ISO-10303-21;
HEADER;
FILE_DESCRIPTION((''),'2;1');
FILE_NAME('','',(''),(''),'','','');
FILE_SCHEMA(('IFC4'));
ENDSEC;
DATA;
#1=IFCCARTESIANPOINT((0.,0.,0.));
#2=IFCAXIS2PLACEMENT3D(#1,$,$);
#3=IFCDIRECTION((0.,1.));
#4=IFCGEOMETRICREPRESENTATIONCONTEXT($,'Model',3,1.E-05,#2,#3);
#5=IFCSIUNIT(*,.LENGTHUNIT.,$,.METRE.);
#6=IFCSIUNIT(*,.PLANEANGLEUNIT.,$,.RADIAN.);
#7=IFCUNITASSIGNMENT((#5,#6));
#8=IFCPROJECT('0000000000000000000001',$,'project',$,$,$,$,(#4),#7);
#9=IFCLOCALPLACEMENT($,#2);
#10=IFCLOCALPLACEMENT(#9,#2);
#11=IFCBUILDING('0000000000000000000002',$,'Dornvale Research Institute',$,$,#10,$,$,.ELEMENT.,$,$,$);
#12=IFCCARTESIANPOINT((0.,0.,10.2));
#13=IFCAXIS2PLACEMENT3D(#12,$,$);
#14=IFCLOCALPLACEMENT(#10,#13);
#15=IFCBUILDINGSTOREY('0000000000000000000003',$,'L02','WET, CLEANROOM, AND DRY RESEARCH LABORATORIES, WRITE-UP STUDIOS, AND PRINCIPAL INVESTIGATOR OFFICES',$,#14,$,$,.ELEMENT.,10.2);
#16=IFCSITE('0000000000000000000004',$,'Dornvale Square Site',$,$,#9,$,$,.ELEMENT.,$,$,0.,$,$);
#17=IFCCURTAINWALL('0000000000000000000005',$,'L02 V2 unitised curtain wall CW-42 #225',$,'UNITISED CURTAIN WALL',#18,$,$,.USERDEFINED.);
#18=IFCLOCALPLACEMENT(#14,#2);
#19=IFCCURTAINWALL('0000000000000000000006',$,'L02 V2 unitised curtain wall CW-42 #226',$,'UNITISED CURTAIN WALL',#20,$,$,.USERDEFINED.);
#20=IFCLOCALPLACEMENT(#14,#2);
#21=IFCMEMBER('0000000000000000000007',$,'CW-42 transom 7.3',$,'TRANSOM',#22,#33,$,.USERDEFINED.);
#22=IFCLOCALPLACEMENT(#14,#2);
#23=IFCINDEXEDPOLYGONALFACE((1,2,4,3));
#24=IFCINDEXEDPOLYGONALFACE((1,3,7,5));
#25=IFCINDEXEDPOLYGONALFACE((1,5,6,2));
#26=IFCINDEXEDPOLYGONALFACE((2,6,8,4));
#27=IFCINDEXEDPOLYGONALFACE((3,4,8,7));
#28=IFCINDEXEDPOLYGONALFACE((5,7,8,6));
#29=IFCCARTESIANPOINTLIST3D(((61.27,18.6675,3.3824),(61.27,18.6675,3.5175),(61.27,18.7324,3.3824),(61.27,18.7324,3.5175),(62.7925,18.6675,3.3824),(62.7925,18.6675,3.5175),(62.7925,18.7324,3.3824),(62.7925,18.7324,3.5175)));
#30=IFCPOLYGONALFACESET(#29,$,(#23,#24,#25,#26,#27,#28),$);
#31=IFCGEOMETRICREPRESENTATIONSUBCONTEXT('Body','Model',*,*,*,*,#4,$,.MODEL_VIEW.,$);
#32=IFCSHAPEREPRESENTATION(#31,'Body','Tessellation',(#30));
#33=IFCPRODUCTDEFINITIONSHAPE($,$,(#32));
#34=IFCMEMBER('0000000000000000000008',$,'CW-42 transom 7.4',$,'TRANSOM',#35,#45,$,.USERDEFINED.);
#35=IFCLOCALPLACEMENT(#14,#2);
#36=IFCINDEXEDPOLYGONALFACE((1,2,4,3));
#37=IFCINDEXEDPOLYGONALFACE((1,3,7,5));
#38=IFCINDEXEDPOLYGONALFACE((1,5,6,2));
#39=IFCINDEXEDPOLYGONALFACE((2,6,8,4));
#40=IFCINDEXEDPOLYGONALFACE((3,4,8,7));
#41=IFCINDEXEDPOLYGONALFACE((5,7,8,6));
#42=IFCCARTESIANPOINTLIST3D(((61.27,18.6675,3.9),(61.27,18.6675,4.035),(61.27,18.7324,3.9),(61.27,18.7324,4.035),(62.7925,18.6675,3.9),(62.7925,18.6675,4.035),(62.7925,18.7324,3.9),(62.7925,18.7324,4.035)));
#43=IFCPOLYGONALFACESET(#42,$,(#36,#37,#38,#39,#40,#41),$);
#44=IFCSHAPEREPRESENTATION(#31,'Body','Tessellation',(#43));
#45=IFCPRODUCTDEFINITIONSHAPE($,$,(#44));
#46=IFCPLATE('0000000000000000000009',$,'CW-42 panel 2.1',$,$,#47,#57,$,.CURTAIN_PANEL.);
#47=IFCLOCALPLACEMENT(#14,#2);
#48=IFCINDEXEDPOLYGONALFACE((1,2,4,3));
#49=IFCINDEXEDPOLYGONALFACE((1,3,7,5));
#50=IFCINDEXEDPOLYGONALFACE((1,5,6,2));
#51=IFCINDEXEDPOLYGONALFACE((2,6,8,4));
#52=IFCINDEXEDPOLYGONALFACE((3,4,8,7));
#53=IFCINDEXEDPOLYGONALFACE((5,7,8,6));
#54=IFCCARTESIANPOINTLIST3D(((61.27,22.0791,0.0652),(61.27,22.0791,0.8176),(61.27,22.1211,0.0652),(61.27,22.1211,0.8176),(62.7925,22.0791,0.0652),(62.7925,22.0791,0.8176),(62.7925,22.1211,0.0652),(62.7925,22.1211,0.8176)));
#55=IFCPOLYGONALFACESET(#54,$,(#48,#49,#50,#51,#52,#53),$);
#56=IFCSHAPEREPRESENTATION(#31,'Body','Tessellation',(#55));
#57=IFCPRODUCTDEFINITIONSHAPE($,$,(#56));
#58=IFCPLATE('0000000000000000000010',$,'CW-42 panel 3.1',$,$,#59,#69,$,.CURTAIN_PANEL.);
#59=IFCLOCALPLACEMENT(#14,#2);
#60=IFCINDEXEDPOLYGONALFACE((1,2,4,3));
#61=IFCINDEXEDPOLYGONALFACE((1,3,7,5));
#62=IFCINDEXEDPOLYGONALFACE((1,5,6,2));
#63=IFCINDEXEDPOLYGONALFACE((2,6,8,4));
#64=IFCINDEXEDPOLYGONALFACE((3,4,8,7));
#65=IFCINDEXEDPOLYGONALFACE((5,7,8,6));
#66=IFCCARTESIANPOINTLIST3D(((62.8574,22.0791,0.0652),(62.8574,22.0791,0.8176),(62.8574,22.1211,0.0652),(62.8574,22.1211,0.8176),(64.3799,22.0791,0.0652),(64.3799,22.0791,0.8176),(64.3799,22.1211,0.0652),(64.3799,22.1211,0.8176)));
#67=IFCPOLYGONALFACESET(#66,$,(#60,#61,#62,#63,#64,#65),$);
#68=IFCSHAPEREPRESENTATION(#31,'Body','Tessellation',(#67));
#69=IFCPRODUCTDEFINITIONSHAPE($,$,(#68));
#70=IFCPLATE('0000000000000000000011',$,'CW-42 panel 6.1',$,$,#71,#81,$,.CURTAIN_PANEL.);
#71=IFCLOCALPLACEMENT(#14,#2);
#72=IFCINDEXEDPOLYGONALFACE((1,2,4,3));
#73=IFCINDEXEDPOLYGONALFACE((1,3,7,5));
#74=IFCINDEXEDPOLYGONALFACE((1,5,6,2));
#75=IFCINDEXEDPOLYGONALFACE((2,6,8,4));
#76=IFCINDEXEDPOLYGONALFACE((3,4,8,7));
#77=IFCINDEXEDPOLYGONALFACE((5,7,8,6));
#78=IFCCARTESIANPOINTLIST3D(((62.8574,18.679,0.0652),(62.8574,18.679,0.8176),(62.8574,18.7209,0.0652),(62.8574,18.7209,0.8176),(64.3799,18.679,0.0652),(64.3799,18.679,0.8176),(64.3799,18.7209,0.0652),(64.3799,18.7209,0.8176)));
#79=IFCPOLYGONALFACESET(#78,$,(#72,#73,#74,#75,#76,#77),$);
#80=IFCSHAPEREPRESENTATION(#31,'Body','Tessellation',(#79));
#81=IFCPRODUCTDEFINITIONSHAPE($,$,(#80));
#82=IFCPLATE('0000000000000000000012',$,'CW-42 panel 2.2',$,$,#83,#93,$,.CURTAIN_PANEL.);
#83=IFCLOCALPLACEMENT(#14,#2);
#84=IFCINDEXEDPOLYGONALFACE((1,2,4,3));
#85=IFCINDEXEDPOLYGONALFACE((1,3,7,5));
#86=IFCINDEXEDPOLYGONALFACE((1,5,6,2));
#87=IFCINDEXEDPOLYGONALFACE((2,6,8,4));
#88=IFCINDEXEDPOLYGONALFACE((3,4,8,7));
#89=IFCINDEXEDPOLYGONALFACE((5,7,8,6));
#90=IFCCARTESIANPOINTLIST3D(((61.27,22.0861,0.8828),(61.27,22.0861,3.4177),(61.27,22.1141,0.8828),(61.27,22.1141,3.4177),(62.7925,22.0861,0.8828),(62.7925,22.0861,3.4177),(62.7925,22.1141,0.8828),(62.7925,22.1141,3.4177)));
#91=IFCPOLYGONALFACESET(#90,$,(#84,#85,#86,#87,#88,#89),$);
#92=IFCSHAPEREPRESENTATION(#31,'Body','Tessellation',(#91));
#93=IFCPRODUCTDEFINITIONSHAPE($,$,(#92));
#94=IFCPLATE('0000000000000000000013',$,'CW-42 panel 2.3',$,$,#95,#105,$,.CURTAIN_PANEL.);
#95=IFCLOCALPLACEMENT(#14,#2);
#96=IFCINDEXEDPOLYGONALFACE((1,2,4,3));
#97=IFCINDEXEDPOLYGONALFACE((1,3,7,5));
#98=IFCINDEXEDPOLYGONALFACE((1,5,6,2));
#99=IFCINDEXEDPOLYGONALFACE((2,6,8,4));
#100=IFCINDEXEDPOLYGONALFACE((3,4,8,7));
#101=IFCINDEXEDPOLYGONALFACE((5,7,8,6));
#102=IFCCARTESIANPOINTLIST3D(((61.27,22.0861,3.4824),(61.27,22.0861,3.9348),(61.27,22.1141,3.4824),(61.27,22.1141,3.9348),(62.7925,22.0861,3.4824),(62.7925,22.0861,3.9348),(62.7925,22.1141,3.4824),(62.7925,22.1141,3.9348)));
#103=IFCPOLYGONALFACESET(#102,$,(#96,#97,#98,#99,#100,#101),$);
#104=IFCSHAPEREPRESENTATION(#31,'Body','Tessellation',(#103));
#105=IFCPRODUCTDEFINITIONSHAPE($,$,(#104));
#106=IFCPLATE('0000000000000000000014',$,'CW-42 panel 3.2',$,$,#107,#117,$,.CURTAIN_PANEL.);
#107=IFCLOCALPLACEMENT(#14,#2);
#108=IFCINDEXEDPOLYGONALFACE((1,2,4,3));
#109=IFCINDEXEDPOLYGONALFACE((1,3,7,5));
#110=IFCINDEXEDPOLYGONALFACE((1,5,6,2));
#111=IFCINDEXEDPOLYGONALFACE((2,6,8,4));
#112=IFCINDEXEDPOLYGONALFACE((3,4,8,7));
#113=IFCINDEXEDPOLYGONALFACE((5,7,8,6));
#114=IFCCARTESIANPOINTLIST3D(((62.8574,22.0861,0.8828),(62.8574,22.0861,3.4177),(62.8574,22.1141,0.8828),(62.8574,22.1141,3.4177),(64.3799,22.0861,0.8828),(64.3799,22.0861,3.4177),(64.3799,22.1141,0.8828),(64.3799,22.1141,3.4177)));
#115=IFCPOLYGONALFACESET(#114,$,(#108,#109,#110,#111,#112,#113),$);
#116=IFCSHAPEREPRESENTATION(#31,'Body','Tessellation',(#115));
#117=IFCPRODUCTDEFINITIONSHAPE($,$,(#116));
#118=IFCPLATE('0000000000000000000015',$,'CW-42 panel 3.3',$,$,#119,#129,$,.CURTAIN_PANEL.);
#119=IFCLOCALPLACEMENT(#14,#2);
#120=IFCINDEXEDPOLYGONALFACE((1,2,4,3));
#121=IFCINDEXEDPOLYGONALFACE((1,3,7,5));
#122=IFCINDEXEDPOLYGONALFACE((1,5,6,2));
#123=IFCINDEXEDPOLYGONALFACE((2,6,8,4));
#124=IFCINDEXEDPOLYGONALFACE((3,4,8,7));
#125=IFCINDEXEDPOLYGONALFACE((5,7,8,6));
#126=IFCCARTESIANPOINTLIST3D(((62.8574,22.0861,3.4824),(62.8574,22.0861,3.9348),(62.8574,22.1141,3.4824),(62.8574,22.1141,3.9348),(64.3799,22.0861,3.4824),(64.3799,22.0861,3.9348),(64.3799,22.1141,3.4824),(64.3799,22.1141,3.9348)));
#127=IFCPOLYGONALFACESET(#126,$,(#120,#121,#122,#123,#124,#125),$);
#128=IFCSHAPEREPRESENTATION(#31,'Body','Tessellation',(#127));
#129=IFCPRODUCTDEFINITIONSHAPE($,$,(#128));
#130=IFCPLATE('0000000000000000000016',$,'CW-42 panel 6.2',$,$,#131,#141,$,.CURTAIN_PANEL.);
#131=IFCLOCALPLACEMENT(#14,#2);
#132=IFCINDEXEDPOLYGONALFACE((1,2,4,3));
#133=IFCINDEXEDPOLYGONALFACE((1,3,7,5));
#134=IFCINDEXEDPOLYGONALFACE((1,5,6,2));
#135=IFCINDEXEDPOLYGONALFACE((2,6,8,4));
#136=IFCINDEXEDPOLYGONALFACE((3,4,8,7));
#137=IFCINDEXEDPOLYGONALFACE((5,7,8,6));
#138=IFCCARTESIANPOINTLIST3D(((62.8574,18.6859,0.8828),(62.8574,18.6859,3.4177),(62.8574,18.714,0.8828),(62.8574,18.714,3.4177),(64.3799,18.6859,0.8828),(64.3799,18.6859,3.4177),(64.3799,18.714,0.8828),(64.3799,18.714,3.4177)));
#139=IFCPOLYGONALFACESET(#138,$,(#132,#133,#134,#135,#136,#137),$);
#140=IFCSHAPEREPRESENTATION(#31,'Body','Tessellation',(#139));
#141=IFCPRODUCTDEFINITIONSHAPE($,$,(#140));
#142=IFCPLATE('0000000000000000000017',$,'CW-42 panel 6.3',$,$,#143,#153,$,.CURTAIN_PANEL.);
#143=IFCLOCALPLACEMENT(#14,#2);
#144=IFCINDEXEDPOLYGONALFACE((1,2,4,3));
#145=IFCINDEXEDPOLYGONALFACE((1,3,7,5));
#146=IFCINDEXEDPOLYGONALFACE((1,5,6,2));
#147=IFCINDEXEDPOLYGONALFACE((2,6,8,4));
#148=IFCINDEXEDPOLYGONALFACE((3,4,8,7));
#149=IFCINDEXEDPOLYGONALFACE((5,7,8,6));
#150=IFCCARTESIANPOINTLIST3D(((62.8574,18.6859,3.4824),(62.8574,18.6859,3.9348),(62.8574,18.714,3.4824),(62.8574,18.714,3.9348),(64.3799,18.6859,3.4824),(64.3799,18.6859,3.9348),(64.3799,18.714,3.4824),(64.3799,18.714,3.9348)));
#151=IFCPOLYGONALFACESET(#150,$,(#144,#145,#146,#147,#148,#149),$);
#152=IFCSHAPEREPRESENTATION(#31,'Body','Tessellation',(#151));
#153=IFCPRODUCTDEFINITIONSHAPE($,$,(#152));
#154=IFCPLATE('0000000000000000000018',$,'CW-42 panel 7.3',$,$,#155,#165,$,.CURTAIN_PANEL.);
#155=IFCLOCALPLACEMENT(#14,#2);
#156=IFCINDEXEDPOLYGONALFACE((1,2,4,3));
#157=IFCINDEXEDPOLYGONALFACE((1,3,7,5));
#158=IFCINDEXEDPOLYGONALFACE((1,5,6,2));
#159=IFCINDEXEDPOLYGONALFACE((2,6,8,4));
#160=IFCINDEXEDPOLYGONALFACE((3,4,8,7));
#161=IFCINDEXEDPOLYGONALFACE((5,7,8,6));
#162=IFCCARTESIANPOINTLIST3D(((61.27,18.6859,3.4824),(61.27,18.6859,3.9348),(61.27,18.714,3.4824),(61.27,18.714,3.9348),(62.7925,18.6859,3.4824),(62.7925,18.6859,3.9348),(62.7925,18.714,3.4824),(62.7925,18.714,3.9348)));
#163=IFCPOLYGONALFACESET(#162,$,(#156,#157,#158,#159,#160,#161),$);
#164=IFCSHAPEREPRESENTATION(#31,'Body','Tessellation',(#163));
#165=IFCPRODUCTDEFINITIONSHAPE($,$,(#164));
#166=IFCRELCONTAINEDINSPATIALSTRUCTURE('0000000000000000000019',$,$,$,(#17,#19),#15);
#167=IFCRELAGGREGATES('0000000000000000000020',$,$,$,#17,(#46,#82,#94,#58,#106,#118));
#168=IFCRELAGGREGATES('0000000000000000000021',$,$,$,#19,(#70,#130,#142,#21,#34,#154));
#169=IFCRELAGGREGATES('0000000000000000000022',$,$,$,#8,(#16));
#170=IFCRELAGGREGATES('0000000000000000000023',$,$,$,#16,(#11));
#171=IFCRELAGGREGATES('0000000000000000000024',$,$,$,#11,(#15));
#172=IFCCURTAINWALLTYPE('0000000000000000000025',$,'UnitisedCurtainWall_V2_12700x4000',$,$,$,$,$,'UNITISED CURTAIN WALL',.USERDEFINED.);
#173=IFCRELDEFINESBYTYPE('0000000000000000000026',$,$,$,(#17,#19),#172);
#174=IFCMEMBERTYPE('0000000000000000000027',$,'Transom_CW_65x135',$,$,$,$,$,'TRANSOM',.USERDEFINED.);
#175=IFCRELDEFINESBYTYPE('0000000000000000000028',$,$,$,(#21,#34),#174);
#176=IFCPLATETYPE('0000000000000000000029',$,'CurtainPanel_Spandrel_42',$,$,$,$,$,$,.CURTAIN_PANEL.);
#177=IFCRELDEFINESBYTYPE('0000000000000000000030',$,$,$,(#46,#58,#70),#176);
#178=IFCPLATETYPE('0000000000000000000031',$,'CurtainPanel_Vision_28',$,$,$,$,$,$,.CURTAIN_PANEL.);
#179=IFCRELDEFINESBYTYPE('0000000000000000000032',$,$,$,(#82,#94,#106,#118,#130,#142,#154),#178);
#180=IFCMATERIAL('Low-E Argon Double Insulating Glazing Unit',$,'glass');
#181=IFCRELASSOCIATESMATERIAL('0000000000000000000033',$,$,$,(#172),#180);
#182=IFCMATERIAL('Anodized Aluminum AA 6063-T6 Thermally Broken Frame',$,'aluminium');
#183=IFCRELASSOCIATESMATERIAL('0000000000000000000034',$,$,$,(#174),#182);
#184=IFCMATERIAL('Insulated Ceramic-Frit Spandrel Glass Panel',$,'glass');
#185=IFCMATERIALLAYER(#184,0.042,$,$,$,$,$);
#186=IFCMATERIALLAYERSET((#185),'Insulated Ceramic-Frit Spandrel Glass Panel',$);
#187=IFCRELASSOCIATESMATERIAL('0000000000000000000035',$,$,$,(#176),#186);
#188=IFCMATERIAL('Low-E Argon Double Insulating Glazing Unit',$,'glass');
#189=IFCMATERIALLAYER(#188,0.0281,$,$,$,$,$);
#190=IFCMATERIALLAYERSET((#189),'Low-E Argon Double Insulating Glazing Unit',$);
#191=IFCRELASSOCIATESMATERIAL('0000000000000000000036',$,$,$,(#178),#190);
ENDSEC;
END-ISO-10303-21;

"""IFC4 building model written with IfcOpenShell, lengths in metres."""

from ifc_helpers import new_model, si_unit, direction, frame, origin, origin_2d, place, context, subcontext, project, spatial, rectangle, extrude, material, layer, layer_set, material_profile, profile_set, type_object, element, aggregate, save


model = new_model("IFC4")

# Units and contexts
model_context = context("Model", 3, precision=1e-05, world=origin(), true_north=direction((0.0, 1.0)))
body_context = subcontext(model_context, "Body", "Model", "MODEL_VIEW")
ifc_project = project(units=[si_unit("LENGTHUNIT", "METRE"), si_unit("PLANEANGLEUNIT", "RADIAN")], contexts=[model_context])

# Site, building, storey
site_placement = place(None, origin())
site = spatial("IfcSite", under=ifc_project, at=site_placement, Name="Dornvale Square Site", CompositionType="ELEMENT", RefElevation=0.0)
building_placement = place(site_placement, origin())
building = spatial("IfcBuilding", under=site, at=building_placement, Name="Dornvale Research Institute", CompositionType="ELEMENT")
storey_placement = place(building_placement, frame((0.0, 0.0, 10.2)))
storey = spatial("IfcBuildingStorey", under=building, at=storey_placement, Name="L02", Description="WET, CLEANROOM, AND DRY RESEARCH LABORATORIES, WRITE-UP STUDIOS, AND PRINCIPAL INVESTIGATOR OFFICES", CompositionType="ELEMENT", Elevation=10.2)

# Curtain walls
ifc_material_1 = material(Name="Low-E Argon Double Insulating Glazing Unit", Category="glass")
curtain_wall_type = type_object("IfcCurtainWallType", Name="UnitisedCurtainWall_V2_12700x4000", ElementType="UNITISED CURTAIN WALL", PredefinedType="USERDEFINED", material=ifc_material_1)
curtain_wall_1_placement = place(storey_placement, origin())
curtain_wall_1 = element("IfcCurtainWall", 1, at=curtain_wall_1_placement, inside=storey, type_object=curtain_wall_type, Name="L02 V2 unitised curtain wall CW-42 #225", ObjectType="UNITISED CURTAIN WALL", PredefinedType="USERDEFINED")
curtain_wall_2_placement = place(storey_placement, origin())
curtain_wall_2 = element("IfcCurtainWall", 2, at=curtain_wall_2_placement, inside=storey, type_object=curtain_wall_type, Name="L02 V2 unitised curtain wall CW-42 #226", ObjectType="UNITISED CURTAIN WALL", PredefinedType="USERDEFINED")

# Members
ifc_material_2 = material(Name="Anodized Aluminum AA 6063-T6 Thermally Broken Frame", Category="aluminium")
ifc_material_profile_1 = material_profile(ifc_material_2, rectangle(XDim=0.0649, YDim=0.135, at=origin_2d()), Name="ALU TRANSOM 65x135")
ifc_profile_set_1 = profile_set([ifc_material_profile_1], Name="Anodized Aluminum AA 6063-T6 Thermally Broken Frame")
member_type_1 = type_object("IfcMemberType", Name="Transom_CW_65x135", ElementType="TRANSOM", PredefinedType="USERDEFINED", material=ifc_profile_set_1)
member_1_placement = place(storey_placement, frame((62.7925, 18.7, 3.45), z_axis=(-1.0, 0.0, 0.0), x_axis=(0.0, -1.0, 0.0)))
member_1 = element("IfcMember", 3, at=member_1_placement, type_object=member_type_1, Name="CW-42 transom 7.3", ObjectType="TRANSOM", PredefinedType="USERDEFINED", context=body_context, shape_type="SweptSolid", body=[
    extrude(rectangle(XDim=0.0649, YDim=0.135, at=origin_2d()), origin(), (0.0, 0.0, 1.0), 1.5225),
])
member_2_placement = place(storey_placement, frame((62.7925, 18.7, 3.9675), z_axis=(-1.0, 0.0, 0.0), x_axis=(0.0, -1.0, 0.0)))
member_2 = element("IfcMember", 4, at=member_2_placement, type_object=member_type_1, Name="CW-42 transom 7.4", ObjectType="TRANSOM", PredefinedType="USERDEFINED", context=body_context, shape_type="SweptSolid", body=[
    extrude(rectangle(XDim=0.0649, YDim=0.135, at=origin_2d()), origin(), (0.0, 0.0, 1.0), 1.5225),
])

# Plates
ifc_material_3 = material(Name="Insulated Ceramic-Frit Spandrel Glass Panel", Category="glass")
ifc_layer_1 = layer(ifc_material_3, 0.042)
ifc_layer_set_1 = layer_set([ifc_layer_1], Name="Insulated Ceramic-Frit Spandrel Glass Panel")
plate_type_1 = type_object("IfcPlateType", Name="CurtainPanel_Spandrel_42", PredefinedType="CURTAIN_PANEL", material=ifc_layer_set_1)
plate_1_placement = place(storey_placement, frame((62.0312, 22.1001, 0.0652), z_axis=(0.0, 0.0, 1.0), x_axis=(1.0, 0.0, 0.0)))
plate_1 = element("IfcPlate", 5, at=plate_1_placement, type_object=plate_type_1, Name="CW-42 panel 2.1", PredefinedType="CURTAIN_PANEL", context=body_context, shape_type="SweptSolid", body=[
    extrude(rectangle(XDim=1.5225, YDim=0.042, at=origin_2d()), origin(), (0.0, 0.0, 1.0), 0.7524),
])
plate_2_placement = place(storey_placement, frame((63.6187, 22.1001, 0.0652), z_axis=(0.0, 0.0, 1.0), x_axis=(1.0, 0.0, 0.0)))
plate_2 = element("IfcPlate", 6, at=plate_2_placement, type_object=plate_type_1, Name="CW-42 panel 3.1", PredefinedType="CURTAIN_PANEL", context=body_context, shape_type="SweptSolid", body=[
    extrude(rectangle(XDim=1.5225, YDim=0.042, at=origin_2d()), origin(), (0.0, 0.0, 1.0), 0.7524),
])
plate_3_placement = place(storey_placement, frame((63.6187, 18.7, 0.0652), z_axis=(0.0, 0.0, 1.0), x_axis=(-1.0, 0.0, 0.0)))
plate_3 = element("IfcPlate", 7, at=plate_3_placement, type_object=plate_type_1, Name="CW-42 panel 6.1", PredefinedType="CURTAIN_PANEL", context=body_context, shape_type="SweptSolid", body=[
    extrude(rectangle(XDim=1.5225, YDim=0.042, at=origin_2d()), origin(), (0.0, 0.0, 1.0), 0.7524),
])
ifc_material_4 = material(Name="Low-E Argon Double Insulating Glazing Unit", Category="glass")
ifc_layer_2 = layer(ifc_material_4, 0.0281)
ifc_layer_set_2 = layer_set([ifc_layer_2], Name="Low-E Argon Double Insulating Glazing Unit")
plate_type_2 = type_object("IfcPlateType", Name="CurtainPanel_Vision_28", PredefinedType="CURTAIN_PANEL", material=ifc_layer_set_2)
plate_4_placement = place(storey_placement, frame((62.0312, 22.1001, 0.8828), z_axis=(0.0, 0.0, 1.0), x_axis=(1.0, 0.0, 0.0)))
plate_4 = element("IfcPlate", 8, at=plate_4_placement, type_object=plate_type_2, Name="CW-42 panel 2.2", PredefinedType="CURTAIN_PANEL", context=body_context, shape_type="SweptSolid", body=[
    extrude(rectangle(XDim=1.5225, YDim=0.0281, at=origin_2d()), origin(), (0.0, 0.0, 1.0), 2.5349),
])
plate_5_placement = place(storey_placement, frame((62.0312, 22.1001, 3.4824), z_axis=(0.0, 0.0, 1.0), x_axis=(1.0, 0.0, 0.0)))
plate_5 = element("IfcPlate", 9, at=plate_5_placement, type_object=plate_type_2, Name="CW-42 panel 2.3", PredefinedType="CURTAIN_PANEL", context=body_context, shape_type="SweptSolid", body=[
    extrude(rectangle(XDim=1.5225, YDim=0.0281, at=origin_2d()), origin(), (0.0, 0.0, 1.0), 0.4524),
])
plate_6_placement = place(storey_placement, frame((63.6187, 22.1001, 0.8828), z_axis=(0.0, 0.0, 1.0), x_axis=(1.0, 0.0, 0.0)))
plate_6 = element("IfcPlate", 10, at=plate_6_placement, type_object=plate_type_2, Name="CW-42 panel 3.2", PredefinedType="CURTAIN_PANEL", context=body_context, shape_type="SweptSolid", body=[
    extrude(rectangle(XDim=1.5225, YDim=0.0281, at=origin_2d()), origin(), (0.0, 0.0, 1.0), 2.5349),
])
plate_7_placement = place(storey_placement, frame((63.6187, 22.1001, 3.4824), z_axis=(0.0, 0.0, 1.0), x_axis=(1.0, 0.0, 0.0)))
plate_7 = element("IfcPlate", 11, at=plate_7_placement, type_object=plate_type_2, Name="CW-42 panel 3.3", PredefinedType="CURTAIN_PANEL", context=body_context, shape_type="SweptSolid", body=[
    extrude(rectangle(XDim=1.5225, YDim=0.0281, at=origin_2d()), origin(), (0.0, 0.0, 1.0), 0.4524),
])
aggregate(curtain_wall_1, [plate_1, plate_4, plate_5, plate_2, plate_6, plate_7])
plate_8_placement = place(storey_placement, frame((63.6187, 18.7, 0.8828), z_axis=(0.0, 0.0, 1.0), x_axis=(-1.0, 0.0, 0.0)))
plate_8 = element("IfcPlate", 12, at=plate_8_placement, type_object=plate_type_2, Name="CW-42 panel 6.2", PredefinedType="CURTAIN_PANEL", context=body_context, shape_type="SweptSolid", body=[
    extrude(rectangle(XDim=1.5225, YDim=0.0281, at=origin_2d()), origin(), (0.0, 0.0, 1.0), 2.5349),
])
plate_9_placement = place(storey_placement, frame((63.6187, 18.7, 3.4824), z_axis=(0.0, 0.0, 1.0), x_axis=(-1.0, 0.0, 0.0)))
plate_9 = element("IfcPlate", 13, at=plate_9_placement, type_object=plate_type_2, Name="CW-42 panel 6.3", PredefinedType="CURTAIN_PANEL", context=body_context, shape_type="SweptSolid", body=[
    extrude(rectangle(XDim=1.5225, YDim=0.0281, at=origin_2d()), origin(), (0.0, 0.0, 1.0), 0.4524),
])
plate_10_placement = place(storey_placement, frame((62.0312, 18.7, 3.4824), z_axis=(0.0, 0.0, 1.0), x_axis=(-1.0, 0.0, 0.0)))
plate_10 = element("IfcPlate", 14, at=plate_10_placement, type_object=plate_type_2, Name="CW-42 panel 7.3", PredefinedType="CURTAIN_PANEL", context=body_context, shape_type="SweptSolid", body=[
    extrude(rectangle(XDim=1.5225, YDim=0.0281, at=origin_2d()), origin(), (0.0, 0.0, 1.0), 0.4524),
])
aggregate(curtain_wall_2, [plate_3, plate_8, plate_9, member_1, member_2, plate_10])

save(model, "model.ifc")
